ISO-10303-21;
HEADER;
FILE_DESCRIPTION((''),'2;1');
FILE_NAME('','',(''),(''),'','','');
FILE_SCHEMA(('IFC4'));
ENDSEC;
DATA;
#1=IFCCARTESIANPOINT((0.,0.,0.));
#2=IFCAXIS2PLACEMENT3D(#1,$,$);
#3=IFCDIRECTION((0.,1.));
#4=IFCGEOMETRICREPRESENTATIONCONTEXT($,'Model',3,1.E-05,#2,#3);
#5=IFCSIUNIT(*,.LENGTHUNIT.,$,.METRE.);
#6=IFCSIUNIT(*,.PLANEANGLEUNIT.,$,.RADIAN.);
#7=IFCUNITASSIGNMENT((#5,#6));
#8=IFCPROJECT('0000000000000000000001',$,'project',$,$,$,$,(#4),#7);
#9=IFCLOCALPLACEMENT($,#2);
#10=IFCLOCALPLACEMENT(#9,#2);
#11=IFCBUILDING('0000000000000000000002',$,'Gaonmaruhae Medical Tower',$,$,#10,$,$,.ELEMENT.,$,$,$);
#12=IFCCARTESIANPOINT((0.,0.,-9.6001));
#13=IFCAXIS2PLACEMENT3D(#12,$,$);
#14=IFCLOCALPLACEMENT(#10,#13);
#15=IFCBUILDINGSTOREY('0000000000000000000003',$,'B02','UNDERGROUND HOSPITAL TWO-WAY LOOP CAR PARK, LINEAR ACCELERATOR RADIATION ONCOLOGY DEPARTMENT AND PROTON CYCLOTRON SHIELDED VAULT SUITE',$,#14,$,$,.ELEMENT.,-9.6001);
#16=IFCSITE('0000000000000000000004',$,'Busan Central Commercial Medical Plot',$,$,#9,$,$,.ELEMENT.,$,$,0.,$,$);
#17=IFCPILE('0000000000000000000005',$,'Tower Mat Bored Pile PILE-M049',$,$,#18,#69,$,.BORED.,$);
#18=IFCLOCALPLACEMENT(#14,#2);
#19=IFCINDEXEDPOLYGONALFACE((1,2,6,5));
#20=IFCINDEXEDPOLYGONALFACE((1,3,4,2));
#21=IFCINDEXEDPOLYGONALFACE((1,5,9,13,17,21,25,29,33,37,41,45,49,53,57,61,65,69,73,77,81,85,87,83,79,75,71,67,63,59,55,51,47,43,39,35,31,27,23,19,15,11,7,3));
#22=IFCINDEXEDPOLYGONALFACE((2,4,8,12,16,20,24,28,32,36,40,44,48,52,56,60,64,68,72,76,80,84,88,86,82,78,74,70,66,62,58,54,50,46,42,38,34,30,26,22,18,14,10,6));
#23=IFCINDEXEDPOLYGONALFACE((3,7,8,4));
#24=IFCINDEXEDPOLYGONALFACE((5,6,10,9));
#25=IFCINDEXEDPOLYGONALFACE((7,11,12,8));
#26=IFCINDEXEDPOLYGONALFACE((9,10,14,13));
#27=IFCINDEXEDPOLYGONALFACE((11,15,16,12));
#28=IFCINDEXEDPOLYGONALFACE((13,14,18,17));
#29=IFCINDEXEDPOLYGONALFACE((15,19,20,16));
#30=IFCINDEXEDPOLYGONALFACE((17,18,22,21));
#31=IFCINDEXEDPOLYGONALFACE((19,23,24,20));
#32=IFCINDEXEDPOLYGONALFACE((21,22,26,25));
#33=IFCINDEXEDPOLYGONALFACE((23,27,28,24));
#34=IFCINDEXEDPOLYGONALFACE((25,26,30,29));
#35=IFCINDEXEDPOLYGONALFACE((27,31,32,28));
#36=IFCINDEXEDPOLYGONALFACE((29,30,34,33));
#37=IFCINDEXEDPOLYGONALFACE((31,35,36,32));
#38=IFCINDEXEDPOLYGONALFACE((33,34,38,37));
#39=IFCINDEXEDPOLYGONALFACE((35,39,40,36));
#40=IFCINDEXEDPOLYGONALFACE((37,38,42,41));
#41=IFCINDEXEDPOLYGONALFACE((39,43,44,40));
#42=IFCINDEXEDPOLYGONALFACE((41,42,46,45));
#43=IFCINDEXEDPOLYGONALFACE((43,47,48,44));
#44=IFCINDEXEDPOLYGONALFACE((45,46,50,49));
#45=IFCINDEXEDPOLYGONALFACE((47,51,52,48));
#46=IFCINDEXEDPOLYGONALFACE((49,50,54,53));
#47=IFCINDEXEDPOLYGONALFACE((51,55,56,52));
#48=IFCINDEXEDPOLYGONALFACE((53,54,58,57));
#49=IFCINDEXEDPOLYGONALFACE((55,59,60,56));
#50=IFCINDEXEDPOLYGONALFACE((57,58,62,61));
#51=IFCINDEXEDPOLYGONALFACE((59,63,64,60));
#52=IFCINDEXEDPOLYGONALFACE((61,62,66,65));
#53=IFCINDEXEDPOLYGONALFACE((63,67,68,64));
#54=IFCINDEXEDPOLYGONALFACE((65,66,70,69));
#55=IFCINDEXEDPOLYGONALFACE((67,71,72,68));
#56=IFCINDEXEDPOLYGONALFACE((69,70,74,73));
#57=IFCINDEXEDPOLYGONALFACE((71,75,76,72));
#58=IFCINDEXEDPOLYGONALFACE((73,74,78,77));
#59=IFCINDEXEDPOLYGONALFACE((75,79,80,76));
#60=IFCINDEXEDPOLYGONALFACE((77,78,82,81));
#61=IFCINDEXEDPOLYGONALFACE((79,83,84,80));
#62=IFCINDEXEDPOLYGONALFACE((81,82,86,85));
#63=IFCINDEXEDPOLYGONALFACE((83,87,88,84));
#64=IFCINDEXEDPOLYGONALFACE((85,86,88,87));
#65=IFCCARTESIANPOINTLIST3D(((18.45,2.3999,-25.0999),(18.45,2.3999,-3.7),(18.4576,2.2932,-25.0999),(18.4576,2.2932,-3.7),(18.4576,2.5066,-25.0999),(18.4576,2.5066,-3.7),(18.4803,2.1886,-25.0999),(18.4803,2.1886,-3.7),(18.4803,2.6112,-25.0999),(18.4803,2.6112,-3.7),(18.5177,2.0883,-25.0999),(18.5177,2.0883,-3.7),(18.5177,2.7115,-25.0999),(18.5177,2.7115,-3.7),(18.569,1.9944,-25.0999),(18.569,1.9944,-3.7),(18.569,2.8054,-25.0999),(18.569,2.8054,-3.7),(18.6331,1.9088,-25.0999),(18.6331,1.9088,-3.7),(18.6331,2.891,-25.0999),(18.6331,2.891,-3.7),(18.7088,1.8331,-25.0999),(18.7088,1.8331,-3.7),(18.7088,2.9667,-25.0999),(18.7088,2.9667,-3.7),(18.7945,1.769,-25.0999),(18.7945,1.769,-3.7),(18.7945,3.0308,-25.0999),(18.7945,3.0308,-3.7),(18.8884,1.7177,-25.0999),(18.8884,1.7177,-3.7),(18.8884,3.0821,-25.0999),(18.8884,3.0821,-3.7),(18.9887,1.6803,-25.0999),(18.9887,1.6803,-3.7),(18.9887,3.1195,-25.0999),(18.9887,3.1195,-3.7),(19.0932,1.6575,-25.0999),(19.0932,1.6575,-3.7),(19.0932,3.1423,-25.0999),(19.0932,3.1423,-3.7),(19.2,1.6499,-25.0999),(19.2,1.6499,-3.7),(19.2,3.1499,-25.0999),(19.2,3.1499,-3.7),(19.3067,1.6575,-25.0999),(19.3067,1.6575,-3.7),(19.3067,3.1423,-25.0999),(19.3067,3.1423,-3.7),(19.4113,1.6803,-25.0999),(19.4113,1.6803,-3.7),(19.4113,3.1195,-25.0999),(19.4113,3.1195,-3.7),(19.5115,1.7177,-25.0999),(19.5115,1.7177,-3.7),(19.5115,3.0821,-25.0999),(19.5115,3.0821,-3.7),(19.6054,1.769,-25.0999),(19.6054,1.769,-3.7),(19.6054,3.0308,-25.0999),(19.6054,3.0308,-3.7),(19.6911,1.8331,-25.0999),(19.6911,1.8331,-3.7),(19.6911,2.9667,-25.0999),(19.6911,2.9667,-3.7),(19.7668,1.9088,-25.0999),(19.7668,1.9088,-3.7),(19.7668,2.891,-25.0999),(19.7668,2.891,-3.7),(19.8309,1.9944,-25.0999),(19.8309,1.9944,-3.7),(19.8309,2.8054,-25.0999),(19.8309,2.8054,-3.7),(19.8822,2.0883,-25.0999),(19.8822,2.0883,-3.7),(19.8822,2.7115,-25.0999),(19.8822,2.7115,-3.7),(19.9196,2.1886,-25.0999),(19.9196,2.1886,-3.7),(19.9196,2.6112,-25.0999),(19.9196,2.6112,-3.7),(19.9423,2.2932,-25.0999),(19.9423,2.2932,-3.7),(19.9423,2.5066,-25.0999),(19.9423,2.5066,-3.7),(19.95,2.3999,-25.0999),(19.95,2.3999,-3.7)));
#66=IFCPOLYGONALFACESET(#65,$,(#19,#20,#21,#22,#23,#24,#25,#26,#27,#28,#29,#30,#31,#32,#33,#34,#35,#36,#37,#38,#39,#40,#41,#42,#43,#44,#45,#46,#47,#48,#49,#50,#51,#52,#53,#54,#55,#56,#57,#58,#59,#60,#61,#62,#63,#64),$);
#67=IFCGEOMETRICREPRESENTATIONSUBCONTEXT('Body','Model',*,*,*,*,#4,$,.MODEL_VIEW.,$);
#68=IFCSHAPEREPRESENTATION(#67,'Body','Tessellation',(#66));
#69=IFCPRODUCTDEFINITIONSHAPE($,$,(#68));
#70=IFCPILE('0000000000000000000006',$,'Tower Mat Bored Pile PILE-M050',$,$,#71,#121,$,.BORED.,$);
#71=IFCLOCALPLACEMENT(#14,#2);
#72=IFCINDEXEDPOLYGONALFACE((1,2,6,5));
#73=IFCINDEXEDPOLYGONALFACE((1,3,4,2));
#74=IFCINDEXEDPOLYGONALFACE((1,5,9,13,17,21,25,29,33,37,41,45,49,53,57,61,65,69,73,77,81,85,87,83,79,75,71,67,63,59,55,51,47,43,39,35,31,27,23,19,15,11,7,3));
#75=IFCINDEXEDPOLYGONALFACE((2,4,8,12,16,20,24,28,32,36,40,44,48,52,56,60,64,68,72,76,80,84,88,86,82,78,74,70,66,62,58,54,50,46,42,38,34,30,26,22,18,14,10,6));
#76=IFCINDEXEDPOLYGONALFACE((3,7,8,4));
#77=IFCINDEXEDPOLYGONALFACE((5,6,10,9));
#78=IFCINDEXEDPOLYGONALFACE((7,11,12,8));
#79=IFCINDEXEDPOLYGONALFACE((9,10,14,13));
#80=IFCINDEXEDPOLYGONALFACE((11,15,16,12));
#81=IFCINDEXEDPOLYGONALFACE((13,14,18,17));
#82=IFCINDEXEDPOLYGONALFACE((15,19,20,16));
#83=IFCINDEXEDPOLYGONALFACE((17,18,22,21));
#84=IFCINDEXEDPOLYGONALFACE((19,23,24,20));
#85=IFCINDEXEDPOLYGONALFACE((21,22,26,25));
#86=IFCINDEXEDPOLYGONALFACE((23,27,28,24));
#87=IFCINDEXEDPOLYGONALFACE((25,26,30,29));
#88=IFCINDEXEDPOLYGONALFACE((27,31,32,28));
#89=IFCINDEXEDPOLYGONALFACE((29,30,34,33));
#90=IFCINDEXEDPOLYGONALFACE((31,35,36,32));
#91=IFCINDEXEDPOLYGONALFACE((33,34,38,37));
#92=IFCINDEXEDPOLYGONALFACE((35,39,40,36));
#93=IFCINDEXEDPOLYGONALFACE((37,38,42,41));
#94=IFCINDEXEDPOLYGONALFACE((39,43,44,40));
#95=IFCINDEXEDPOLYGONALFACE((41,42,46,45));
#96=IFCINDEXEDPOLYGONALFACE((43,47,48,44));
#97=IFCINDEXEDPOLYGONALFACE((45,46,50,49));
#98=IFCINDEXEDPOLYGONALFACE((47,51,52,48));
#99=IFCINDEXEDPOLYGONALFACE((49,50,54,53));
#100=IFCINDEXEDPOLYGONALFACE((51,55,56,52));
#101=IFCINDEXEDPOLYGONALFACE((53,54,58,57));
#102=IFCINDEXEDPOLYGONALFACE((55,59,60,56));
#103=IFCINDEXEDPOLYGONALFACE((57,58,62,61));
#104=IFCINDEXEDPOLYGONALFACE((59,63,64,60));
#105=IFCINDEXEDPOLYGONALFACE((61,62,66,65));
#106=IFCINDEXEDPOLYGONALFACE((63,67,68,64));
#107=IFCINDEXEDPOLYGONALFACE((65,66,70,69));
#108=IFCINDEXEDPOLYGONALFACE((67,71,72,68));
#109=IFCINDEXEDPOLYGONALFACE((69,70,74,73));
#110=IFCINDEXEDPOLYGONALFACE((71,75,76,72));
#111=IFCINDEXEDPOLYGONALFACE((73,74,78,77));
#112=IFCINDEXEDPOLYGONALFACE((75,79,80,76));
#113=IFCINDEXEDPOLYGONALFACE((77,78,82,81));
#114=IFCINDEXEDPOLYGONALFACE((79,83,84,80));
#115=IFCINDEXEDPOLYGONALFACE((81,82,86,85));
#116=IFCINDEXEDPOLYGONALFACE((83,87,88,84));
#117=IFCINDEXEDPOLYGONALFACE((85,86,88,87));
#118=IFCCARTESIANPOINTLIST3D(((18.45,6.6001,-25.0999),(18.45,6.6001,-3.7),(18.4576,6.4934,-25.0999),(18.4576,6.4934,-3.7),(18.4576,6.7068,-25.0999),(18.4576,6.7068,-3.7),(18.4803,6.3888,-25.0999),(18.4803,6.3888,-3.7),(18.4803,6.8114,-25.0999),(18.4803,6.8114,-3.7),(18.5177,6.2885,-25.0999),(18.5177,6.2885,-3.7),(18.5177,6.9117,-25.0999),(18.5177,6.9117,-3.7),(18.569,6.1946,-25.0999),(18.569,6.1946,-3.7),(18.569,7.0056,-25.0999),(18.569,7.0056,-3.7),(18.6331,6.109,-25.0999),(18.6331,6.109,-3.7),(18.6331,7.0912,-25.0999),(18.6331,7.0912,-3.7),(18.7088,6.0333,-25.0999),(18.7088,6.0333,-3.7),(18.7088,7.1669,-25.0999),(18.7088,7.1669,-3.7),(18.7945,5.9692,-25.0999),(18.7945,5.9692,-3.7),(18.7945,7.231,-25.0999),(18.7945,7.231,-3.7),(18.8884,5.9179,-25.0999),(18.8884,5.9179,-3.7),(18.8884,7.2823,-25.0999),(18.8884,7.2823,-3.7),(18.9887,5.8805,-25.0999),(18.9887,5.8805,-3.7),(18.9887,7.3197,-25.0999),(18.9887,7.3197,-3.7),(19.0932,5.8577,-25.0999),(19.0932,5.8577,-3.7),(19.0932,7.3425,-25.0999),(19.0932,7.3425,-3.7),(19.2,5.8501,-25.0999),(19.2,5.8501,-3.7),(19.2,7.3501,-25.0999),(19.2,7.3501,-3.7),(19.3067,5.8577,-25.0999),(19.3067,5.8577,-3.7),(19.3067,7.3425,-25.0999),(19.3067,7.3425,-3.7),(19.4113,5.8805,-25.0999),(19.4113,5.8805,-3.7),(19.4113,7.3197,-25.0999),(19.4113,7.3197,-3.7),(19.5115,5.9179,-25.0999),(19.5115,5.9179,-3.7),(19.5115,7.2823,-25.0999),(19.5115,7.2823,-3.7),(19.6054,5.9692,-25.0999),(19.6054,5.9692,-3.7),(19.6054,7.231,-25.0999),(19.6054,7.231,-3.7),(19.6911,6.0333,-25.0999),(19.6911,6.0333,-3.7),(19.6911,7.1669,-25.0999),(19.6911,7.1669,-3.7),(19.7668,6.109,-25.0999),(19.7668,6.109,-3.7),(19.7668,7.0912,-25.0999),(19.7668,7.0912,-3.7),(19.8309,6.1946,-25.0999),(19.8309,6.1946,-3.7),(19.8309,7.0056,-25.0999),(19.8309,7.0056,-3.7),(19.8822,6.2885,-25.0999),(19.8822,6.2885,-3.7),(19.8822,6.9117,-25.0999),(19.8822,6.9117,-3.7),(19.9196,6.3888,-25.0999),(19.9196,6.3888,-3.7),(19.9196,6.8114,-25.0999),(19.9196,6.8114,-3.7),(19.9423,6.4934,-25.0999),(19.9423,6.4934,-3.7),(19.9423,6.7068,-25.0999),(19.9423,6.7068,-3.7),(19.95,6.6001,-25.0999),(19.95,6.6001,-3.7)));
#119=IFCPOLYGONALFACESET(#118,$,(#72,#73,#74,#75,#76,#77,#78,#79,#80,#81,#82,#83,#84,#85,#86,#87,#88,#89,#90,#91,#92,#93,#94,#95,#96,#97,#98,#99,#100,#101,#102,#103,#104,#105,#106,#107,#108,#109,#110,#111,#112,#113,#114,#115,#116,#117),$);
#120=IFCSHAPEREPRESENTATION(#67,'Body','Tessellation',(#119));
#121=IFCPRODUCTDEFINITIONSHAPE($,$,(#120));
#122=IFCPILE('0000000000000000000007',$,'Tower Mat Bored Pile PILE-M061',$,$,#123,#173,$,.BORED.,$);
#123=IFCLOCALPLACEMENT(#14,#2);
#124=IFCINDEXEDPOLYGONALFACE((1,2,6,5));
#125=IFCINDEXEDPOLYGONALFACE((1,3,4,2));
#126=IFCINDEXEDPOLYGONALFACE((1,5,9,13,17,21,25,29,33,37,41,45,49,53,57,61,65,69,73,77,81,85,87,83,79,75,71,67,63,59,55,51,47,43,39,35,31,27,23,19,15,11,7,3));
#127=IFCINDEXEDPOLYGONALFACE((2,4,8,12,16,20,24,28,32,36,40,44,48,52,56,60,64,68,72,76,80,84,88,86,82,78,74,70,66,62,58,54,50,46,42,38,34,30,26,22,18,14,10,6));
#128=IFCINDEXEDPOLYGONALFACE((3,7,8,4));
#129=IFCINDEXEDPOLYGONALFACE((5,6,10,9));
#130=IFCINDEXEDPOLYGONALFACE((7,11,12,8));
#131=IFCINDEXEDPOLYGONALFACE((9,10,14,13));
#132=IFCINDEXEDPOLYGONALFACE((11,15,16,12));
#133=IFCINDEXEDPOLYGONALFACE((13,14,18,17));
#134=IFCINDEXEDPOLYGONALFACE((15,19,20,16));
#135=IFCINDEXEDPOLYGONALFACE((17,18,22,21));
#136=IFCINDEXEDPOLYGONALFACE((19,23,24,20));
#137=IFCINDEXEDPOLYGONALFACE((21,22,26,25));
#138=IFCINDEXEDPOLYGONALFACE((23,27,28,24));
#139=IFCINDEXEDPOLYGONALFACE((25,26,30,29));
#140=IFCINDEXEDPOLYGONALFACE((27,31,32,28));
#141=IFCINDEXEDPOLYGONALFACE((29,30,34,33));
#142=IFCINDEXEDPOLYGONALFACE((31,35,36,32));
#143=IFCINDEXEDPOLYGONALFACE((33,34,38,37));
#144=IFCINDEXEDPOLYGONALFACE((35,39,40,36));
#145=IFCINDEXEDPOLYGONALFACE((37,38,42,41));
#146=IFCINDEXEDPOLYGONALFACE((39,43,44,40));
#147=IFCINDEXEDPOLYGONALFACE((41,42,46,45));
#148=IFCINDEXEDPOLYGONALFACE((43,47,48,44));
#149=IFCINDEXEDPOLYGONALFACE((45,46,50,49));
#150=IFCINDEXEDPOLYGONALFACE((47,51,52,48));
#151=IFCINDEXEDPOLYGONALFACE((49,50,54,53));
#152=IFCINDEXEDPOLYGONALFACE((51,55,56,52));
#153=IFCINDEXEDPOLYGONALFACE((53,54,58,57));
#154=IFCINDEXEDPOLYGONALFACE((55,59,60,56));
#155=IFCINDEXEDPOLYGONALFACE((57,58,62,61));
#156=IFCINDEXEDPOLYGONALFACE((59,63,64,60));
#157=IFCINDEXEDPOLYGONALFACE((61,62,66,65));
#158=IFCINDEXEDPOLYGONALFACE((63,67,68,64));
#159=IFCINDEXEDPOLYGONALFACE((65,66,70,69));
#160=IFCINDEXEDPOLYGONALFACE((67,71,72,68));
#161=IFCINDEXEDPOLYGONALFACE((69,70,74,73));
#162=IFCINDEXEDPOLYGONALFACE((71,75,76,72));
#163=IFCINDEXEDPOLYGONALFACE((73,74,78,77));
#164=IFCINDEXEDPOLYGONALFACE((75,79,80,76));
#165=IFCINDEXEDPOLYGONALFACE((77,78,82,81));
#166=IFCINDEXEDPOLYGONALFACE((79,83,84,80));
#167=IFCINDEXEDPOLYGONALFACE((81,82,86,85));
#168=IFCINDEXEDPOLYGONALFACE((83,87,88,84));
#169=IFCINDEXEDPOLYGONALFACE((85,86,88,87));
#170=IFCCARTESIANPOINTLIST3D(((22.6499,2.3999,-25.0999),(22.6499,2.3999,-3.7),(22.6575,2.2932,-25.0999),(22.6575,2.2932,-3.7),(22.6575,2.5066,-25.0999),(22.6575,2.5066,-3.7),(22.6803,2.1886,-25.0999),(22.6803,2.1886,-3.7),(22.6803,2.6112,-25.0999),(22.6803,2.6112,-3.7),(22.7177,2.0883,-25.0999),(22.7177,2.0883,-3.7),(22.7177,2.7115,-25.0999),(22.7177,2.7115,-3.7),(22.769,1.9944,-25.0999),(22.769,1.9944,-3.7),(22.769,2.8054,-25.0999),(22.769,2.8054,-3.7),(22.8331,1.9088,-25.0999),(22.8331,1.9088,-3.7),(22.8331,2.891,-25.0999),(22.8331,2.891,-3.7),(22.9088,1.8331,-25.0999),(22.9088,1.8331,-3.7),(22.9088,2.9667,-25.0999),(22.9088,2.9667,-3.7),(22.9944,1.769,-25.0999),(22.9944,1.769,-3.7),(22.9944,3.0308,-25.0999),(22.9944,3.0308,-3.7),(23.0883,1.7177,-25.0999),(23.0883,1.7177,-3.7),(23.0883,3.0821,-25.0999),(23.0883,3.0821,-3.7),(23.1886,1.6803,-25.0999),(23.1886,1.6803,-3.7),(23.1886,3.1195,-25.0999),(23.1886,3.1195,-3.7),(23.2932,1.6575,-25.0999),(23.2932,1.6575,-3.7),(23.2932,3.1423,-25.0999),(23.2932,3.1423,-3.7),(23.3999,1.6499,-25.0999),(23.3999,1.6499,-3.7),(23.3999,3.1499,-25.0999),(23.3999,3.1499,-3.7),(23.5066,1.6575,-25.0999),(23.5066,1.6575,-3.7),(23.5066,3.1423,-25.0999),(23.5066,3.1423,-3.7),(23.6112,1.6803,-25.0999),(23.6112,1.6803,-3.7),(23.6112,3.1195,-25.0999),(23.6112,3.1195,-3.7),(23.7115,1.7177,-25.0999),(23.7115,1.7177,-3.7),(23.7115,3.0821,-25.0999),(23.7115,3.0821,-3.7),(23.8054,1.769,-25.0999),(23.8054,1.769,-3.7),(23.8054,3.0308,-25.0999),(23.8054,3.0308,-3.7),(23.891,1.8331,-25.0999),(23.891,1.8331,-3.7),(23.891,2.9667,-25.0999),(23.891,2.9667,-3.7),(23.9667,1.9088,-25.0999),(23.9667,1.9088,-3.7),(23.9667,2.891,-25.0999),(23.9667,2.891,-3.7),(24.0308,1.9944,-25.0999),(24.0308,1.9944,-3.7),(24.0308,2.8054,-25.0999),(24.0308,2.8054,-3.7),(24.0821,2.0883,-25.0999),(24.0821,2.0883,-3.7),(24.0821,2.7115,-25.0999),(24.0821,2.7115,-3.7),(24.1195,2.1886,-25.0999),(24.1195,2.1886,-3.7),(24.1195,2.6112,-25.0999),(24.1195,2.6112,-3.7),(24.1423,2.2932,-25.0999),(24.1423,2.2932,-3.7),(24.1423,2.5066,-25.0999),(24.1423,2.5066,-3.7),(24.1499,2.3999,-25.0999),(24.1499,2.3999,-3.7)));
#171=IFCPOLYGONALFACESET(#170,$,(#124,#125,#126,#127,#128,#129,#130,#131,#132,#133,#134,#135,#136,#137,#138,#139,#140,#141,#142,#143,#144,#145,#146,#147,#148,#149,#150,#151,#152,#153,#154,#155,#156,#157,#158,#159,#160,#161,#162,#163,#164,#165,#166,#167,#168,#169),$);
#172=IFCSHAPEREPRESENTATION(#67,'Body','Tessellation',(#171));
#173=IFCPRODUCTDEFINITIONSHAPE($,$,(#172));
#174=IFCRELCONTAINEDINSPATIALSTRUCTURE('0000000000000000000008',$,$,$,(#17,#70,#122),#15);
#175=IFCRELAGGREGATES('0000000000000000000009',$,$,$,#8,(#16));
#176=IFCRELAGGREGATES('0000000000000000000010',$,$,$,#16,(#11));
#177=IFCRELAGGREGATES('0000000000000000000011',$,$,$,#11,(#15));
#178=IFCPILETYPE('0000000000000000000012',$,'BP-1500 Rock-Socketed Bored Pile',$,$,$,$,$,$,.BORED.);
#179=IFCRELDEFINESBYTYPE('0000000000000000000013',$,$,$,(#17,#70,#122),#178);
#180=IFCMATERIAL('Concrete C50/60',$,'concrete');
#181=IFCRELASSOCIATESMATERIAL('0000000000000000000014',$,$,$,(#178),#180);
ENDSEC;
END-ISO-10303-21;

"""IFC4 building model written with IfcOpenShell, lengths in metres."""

from ifc_helpers import new_model, si_unit, direction, frame, origin, origin_2d, place, context, subcontext, project, spatial, circle, extrude, material, material_profile, profile_set, type_object, element, save


model = new_model("IFC4")

# Units and contexts
model_context = context("Model", 3, precision=1e-05, world=origin(), true_north=direction((0.0, 1.0)))
body_context = subcontext(model_context, "Body", "Model", "MODEL_VIEW")
ifc_project = project(units=[si_unit("LENGTHUNIT", "METRE"), si_unit("PLANEANGLEUNIT", "RADIAN")], contexts=[model_context])

# Site, building, storey
site_placement = place(None, origin())
site = spatial("IfcSite", under=ifc_project, at=site_placement, Name="Busan Central Commercial Medical Plot", CompositionType="ELEMENT", RefElevation=0.0)
building_placement = place(site_placement, origin())
building = spatial("IfcBuilding", under=site, at=building_placement, Name="Gaonmaruhae Medical Tower", CompositionType="ELEMENT")
storey_placement = place(building_placement, frame((0.0, 0.0, -9.6001)))
storey = spatial("IfcBuildingStorey", under=building, at=storey_placement, Name="B02", Description="UNDERGROUND HOSPITAL TWO-WAY LOOP CAR PARK, LINEAR ACCELERATOR RADIATION ONCOLOGY DEPARTMENT AND PROTON CYCLOTRON SHIELDED VAULT SUITE", CompositionType="ELEMENT", Elevation=-9.6001)

# Piles
ifc_material_1 = material(Name="Concrete C50/60", Category="concrete")
ifc_material_profile_1 = material_profile(ifc_material_1, circle(Radius=0.75, at=origin_2d()), Name="PILE-D1500")
ifc_profile_set_1 = profile_set([ifc_material_profile_1], Name="Concrete C50/60")
pile_type = type_object("IfcPileType", Name="BP-1500 Rock-Socketed Bored Pile", PredefinedType="BORED", material=ifc_profile_set_1)
for number, where, z_axis, x_axis, name in (
    (1, (19.2, 2.3999, -3.7), (0.0, 0.0, -1.0), (1.0, 0.0, 0.0), "Tower Mat Bored Pile PILE-M049"),
    (2, (19.2, 6.6001, -3.7), (0.0, 0.0, -1.0), (1.0, 0.0, 0.0), "Tower Mat Bored Pile PILE-M050"),
    (3, (23.3999, 2.3999, -3.7), (0.0, 0.0, -1.0), (1.0, 0.0, 0.0), "Tower Mat Bored Pile PILE-M061"),
):
    element("IfcPile", number, at=place(storey_placement, frame(where, z_axis=z_axis, x_axis=x_axis)), inside=storey, type_object=pile_type, Name=name, PredefinedType="BORED", context=body_context, shape_type="SweptSolid", body=[
        extrude(circle(Radius=0.75, at=origin_2d()), origin(), (0.0, 0.0, 1.0), 21.3999),
    ])

save(model, "model.ifc")
